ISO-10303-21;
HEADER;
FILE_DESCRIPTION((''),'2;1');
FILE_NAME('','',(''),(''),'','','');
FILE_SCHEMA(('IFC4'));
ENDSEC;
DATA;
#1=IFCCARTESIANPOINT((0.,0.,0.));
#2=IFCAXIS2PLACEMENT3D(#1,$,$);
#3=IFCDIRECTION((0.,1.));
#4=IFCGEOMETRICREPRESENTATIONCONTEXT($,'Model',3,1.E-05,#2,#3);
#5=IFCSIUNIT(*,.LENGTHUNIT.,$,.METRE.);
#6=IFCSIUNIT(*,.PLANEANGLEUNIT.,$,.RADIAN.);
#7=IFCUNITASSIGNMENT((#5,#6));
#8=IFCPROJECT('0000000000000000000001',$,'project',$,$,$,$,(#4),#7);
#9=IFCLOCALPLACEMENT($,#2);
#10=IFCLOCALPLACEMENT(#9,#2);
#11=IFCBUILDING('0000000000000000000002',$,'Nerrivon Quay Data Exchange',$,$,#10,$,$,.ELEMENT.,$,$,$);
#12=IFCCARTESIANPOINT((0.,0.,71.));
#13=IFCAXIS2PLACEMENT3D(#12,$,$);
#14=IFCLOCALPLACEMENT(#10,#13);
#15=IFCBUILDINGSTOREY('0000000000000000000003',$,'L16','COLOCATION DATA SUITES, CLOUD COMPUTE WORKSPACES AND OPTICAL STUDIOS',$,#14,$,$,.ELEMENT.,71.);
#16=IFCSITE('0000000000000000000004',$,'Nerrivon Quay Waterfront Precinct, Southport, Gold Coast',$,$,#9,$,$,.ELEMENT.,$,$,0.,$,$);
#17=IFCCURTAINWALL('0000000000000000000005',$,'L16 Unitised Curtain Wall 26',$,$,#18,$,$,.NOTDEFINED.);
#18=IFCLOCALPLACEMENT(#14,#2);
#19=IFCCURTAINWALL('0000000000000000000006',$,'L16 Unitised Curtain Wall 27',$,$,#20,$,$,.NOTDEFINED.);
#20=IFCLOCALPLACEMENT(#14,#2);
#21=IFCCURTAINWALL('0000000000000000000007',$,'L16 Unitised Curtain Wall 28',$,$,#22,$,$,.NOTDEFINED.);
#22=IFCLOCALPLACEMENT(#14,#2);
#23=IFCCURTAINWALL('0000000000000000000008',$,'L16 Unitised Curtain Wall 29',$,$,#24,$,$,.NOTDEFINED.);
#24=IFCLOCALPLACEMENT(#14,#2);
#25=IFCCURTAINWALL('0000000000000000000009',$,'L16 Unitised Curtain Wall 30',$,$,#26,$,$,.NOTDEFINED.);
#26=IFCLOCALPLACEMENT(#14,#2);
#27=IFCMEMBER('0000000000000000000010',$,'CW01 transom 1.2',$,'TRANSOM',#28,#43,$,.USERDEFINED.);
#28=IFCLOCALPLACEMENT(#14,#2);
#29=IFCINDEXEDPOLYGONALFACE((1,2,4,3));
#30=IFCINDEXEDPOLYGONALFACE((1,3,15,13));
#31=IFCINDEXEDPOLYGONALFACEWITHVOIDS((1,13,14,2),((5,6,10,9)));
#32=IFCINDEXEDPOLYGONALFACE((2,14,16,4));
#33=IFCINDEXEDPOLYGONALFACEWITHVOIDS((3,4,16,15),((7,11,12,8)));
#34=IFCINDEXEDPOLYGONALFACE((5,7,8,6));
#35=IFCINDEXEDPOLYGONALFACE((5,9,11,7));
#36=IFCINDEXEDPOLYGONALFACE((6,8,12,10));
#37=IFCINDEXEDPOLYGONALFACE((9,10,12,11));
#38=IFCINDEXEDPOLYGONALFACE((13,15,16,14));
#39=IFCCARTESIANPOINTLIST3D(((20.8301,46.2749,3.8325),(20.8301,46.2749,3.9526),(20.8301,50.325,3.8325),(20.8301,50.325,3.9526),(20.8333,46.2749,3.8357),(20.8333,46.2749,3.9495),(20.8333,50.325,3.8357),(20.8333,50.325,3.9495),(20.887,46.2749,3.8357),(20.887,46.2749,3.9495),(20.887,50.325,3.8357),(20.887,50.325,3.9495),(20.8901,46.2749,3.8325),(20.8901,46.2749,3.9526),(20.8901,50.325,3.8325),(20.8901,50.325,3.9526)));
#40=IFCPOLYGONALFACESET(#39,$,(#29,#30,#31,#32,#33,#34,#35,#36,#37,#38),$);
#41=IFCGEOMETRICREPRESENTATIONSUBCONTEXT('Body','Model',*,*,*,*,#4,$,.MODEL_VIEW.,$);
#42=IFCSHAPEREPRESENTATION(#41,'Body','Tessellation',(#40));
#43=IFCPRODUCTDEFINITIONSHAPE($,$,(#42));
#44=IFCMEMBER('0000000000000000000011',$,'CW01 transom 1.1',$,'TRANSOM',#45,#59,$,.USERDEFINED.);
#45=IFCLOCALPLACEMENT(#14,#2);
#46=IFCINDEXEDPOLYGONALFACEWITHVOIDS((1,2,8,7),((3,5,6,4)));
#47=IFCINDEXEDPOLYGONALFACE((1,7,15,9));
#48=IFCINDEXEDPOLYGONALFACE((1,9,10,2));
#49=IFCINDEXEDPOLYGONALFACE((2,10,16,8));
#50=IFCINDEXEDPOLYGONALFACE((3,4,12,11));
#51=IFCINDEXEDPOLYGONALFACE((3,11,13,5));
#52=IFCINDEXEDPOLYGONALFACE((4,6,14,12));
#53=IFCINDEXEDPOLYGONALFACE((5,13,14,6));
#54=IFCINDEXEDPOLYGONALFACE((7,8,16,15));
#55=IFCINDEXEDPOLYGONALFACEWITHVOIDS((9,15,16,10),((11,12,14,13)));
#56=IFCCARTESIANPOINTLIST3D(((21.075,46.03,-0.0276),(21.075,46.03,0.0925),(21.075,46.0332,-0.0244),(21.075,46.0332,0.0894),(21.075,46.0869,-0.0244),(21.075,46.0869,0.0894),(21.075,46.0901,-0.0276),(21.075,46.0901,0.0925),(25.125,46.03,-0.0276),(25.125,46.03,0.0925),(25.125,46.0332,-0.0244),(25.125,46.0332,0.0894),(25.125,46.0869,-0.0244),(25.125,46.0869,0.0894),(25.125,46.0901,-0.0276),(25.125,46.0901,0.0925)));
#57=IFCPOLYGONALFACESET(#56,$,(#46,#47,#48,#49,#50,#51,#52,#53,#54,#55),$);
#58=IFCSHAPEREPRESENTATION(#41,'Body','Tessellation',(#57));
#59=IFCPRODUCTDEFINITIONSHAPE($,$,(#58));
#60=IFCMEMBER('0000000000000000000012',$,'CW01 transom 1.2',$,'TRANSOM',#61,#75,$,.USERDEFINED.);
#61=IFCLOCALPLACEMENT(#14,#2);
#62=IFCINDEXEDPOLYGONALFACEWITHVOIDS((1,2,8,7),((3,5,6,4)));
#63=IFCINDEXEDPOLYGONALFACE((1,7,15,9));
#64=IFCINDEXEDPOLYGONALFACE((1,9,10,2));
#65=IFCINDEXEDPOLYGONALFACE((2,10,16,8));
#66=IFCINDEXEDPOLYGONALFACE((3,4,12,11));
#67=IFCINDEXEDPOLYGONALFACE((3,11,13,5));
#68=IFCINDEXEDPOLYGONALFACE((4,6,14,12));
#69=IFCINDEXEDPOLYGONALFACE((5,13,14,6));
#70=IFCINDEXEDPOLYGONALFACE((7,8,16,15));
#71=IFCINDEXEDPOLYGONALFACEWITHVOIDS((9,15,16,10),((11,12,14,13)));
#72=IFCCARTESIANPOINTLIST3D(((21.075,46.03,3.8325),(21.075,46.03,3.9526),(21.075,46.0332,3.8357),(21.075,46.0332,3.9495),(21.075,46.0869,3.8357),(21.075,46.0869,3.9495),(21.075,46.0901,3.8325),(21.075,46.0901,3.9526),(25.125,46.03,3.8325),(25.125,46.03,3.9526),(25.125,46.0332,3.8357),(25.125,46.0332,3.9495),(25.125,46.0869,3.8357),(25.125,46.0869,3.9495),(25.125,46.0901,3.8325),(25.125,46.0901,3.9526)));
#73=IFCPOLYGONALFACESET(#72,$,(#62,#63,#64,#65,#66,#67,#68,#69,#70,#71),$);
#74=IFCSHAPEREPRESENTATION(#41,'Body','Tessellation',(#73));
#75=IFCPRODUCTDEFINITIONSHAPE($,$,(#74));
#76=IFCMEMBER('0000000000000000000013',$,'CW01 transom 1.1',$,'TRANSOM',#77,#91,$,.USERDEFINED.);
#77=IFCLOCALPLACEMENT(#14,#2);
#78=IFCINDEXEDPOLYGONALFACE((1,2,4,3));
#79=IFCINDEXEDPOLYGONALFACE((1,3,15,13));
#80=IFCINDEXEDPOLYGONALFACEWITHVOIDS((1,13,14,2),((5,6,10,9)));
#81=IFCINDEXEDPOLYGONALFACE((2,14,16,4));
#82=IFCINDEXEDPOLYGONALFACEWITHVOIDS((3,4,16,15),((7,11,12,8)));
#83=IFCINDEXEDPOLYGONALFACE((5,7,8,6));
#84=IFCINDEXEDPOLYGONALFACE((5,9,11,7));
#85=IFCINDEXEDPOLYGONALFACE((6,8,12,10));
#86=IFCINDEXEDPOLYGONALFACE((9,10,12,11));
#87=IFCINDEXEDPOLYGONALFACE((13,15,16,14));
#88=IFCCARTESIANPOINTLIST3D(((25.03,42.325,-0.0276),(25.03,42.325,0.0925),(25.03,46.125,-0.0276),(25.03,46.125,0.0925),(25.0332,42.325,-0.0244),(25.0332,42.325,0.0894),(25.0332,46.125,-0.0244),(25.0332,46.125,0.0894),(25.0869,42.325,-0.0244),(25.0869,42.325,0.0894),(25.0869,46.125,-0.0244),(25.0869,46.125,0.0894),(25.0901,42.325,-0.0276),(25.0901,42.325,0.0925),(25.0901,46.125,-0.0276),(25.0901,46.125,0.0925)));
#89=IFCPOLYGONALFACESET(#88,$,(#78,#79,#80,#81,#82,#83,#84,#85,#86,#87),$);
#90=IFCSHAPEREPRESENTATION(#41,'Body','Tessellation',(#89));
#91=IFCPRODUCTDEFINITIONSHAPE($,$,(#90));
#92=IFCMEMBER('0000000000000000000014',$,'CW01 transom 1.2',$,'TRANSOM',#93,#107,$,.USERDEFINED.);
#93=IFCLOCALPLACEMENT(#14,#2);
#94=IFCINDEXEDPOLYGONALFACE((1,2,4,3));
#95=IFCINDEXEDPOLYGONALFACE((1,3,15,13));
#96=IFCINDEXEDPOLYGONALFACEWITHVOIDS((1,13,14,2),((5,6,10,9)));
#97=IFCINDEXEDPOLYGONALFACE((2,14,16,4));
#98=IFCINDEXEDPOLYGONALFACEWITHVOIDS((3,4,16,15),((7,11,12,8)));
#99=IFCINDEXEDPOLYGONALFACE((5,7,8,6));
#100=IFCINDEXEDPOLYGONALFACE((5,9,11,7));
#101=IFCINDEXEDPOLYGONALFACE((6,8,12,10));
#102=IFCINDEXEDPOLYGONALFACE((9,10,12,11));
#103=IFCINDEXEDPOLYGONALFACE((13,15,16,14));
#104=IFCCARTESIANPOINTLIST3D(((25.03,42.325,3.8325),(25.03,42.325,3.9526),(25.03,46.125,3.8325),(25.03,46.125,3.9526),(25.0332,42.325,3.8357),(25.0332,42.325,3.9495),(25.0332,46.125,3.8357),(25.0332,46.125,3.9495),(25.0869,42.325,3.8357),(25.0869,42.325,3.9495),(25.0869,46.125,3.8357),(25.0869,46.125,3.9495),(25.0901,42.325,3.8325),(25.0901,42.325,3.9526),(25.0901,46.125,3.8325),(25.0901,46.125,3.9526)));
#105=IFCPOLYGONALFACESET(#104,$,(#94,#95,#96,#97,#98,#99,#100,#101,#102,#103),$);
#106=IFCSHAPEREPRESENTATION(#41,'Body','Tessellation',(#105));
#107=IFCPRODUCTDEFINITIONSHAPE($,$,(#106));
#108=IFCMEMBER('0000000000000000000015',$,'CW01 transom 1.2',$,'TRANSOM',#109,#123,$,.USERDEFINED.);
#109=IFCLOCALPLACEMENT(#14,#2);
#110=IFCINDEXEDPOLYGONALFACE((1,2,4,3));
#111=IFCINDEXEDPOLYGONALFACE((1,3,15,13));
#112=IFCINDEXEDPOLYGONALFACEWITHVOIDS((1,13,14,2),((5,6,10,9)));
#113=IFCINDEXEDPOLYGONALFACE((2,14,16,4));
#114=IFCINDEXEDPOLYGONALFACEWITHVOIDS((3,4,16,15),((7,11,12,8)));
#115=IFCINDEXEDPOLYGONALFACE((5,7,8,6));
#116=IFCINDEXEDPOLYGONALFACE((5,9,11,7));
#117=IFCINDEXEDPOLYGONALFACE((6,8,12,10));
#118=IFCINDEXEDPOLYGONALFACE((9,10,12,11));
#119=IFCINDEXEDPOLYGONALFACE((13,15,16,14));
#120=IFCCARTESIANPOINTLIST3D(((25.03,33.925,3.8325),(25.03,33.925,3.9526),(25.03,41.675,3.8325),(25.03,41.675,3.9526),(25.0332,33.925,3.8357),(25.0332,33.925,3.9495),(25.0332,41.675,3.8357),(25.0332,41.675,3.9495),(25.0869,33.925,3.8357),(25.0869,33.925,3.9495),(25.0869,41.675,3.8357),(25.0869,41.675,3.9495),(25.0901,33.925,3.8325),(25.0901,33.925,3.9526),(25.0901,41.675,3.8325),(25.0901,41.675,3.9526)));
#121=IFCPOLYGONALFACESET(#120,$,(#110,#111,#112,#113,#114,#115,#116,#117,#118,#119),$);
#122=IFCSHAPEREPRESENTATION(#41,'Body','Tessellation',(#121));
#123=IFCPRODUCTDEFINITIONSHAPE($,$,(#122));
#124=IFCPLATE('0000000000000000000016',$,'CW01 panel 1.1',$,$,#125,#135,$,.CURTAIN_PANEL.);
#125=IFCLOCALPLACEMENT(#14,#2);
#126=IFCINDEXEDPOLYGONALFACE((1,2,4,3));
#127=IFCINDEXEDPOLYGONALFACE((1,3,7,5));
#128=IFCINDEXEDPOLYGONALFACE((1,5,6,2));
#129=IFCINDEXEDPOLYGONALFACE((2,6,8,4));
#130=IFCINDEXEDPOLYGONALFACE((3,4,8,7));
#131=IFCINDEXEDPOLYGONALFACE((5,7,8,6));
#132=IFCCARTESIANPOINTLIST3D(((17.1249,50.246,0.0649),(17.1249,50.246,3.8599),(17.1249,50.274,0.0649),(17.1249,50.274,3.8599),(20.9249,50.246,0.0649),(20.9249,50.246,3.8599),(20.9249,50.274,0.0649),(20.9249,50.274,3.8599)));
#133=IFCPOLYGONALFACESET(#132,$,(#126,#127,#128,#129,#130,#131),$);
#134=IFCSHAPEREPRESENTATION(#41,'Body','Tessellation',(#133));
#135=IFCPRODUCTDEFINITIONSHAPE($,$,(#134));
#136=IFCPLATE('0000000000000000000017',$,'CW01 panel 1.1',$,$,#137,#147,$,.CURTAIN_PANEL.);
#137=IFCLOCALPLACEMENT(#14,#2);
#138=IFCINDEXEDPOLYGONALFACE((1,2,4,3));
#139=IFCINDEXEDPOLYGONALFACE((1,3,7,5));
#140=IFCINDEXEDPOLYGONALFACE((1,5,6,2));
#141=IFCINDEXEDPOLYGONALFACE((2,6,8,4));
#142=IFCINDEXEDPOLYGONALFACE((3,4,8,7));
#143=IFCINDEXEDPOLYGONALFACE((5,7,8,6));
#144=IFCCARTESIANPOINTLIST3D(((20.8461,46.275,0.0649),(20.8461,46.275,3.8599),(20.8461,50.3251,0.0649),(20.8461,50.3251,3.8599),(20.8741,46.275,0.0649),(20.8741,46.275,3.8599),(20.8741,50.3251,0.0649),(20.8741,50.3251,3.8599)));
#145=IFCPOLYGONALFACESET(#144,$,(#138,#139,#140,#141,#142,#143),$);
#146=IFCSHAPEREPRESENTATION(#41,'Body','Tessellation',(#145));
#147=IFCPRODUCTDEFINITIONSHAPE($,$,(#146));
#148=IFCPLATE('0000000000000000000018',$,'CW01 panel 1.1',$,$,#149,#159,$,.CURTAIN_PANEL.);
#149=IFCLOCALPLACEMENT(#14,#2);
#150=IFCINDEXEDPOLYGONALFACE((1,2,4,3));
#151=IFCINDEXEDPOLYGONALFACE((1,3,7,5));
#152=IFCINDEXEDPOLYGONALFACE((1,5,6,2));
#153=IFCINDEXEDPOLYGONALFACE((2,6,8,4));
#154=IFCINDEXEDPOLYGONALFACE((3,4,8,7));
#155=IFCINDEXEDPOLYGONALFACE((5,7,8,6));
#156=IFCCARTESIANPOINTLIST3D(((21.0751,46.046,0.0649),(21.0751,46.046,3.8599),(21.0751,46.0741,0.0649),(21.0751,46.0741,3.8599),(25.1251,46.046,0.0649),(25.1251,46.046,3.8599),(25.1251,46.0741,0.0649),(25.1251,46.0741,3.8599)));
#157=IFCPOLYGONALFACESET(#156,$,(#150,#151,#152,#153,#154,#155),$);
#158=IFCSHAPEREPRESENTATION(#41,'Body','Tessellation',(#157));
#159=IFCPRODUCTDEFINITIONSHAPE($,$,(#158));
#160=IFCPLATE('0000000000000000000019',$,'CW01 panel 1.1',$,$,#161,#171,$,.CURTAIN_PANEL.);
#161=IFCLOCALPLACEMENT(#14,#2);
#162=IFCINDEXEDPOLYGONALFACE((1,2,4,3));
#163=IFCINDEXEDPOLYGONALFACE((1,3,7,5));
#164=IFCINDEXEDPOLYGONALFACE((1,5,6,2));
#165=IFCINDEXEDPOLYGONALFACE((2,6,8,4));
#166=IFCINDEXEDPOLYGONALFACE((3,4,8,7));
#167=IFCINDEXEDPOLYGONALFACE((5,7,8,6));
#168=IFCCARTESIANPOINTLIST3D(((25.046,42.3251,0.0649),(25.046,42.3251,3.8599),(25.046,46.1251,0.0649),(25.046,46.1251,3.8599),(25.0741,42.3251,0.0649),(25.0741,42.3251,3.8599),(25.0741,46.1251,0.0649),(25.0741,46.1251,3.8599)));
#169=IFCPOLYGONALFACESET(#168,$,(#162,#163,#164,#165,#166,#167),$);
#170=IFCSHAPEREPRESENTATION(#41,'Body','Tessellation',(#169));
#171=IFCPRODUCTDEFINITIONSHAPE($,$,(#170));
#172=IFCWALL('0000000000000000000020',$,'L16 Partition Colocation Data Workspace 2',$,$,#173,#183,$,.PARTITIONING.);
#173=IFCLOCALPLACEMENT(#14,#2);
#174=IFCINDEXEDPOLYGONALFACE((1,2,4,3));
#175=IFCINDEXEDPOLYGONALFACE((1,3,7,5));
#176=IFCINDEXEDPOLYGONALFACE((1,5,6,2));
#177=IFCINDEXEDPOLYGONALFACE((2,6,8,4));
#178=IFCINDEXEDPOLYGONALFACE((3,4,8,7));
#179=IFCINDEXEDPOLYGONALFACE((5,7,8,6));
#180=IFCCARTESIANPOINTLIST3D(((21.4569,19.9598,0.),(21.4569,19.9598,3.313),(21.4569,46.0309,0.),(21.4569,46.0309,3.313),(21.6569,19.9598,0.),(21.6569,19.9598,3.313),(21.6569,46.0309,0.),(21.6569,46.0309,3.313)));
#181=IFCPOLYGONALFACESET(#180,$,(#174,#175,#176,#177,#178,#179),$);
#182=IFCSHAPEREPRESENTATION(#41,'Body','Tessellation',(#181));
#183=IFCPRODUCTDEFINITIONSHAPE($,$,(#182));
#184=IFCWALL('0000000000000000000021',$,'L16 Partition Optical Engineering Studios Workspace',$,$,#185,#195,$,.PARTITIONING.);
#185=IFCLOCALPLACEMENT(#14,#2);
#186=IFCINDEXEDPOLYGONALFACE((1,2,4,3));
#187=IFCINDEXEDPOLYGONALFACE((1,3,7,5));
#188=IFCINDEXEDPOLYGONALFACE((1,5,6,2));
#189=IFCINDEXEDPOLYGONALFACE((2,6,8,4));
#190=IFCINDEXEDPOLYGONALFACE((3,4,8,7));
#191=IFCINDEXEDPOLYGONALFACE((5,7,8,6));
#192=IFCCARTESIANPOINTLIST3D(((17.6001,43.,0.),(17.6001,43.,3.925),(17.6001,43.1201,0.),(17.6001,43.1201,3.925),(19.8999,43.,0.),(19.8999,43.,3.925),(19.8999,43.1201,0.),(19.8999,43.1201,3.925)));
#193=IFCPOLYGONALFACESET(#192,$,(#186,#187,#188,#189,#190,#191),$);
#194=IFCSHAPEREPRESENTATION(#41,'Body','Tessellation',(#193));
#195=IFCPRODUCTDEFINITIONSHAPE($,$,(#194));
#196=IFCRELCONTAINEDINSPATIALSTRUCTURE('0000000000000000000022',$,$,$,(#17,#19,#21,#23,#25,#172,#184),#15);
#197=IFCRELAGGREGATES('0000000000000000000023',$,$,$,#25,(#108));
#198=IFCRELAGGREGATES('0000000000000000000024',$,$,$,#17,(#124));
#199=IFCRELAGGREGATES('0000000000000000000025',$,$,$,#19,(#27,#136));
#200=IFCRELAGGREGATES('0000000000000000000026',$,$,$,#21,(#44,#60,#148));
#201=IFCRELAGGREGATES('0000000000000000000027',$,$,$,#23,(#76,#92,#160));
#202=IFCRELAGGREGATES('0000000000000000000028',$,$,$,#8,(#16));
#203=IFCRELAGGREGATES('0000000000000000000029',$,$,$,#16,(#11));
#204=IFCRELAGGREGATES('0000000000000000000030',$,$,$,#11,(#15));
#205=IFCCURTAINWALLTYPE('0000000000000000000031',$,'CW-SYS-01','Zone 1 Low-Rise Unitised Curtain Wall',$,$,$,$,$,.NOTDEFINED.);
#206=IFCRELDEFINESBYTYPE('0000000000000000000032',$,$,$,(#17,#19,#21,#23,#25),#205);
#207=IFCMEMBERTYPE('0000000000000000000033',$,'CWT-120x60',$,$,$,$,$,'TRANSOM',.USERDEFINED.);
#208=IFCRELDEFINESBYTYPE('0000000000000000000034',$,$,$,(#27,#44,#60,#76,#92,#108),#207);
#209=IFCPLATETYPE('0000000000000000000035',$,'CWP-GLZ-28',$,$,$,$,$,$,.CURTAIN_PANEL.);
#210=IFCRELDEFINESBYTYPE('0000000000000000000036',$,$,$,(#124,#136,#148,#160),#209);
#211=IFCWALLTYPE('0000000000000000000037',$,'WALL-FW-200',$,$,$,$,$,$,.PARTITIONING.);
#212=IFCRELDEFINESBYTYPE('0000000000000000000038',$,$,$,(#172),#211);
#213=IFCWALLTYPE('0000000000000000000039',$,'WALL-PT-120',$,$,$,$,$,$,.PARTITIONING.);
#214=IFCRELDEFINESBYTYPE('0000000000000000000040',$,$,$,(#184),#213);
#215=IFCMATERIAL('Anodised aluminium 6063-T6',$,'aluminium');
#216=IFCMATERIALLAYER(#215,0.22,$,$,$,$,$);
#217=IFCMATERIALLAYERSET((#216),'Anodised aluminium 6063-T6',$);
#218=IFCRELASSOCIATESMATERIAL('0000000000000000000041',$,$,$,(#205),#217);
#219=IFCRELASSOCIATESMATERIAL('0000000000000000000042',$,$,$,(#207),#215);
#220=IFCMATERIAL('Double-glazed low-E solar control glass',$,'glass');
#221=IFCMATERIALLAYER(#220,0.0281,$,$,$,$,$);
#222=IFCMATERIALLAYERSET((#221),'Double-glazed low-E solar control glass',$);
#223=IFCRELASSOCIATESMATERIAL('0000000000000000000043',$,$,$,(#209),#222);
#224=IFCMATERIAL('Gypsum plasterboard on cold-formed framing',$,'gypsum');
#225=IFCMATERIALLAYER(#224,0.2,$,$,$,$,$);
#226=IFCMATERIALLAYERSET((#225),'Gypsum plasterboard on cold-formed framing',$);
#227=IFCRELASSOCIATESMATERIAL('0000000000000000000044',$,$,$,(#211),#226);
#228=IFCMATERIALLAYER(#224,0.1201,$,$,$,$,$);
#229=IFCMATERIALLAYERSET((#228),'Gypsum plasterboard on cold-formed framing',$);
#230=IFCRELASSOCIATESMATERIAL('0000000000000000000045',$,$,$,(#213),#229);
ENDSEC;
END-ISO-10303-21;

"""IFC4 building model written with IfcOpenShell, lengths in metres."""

from ifc_helpers import new_model, si_unit, direction, frame, frame_2d, origin, origin_2d, place, context, subcontext, project, spatial, rectangle, hollow_rectangle, extrude, material, layer, layer_set, material_profile, profile_set, type_object, element, aggregate, save


model = new_model("IFC4")

# Units and contexts
model_context = context("Model", 3, precision=1e-05, world=origin(), true_north=direction((0.0, 1.0)))
body_context = subcontext(model_context, "Body", "Model", "MODEL_VIEW")
ifc_project = project(units=[si_unit("LENGTHUNIT", "METRE"), si_unit("PLANEANGLEUNIT", "RADIAN")], contexts=[model_context])

# Site, building, storey
site_placement = place(None, origin())
site = spatial("IfcSite", under=ifc_project, at=site_placement, Name="Nerrivon Quay Waterfront Precinct, Southport, Gold Coast", CompositionType="ELEMENT", RefElevation=0.0)
building_placement = place(site_placement, origin())
building = spatial("IfcBuilding", under=site, at=building_placement, Name="Nerrivon Quay Data Exchange", CompositionType="ELEMENT")
storey_placement = place(building_placement, frame((0.0, 0.0, 71.0)))
storey = spatial("IfcBuildingStorey", under=building, at=storey_placement, Name="L16", Description="COLOCATION DATA SUITES, CLOUD COMPUTE WORKSPACES AND OPTICAL STUDIOS", CompositionType="ELEMENT", Elevation=71.0)

# Curtain wall
ifc_material_1 = material(Name="Anodised aluminium 6063-T6", Category="aluminium")
ifc_layer_1 = layer(ifc_material_1, 0.22)
ifc_layer_set_1 = layer_set([ifc_layer_1], Name="Anodised aluminium 6063-T6")
curtain_wall_type = type_object("IfcCurtainWallType", Name="CW-SYS-01", Description="Zone 1 Low-Rise Unitised Curtain Wall", PredefinedType="NOTDEFINED", material=ifc_layer_set_1)
curtain_wall_1_placement = place(storey_placement, origin())
curtain_wall_1 = element("IfcCurtainWall", 1, at=curtain_wall_1_placement, inside=storey, type_object=curtain_wall_type, Name="L16 Unitised Curtain Wall 26", PredefinedType="NOTDEFINED")

# Curtain walls
curtain_wall_2_placement = place(storey_placement, origin())
curtain_wall_2 = element("IfcCurtainWall", 2, at=curtain_wall_2_placement, inside=storey, type_object=curtain_wall_type, Name="L16 Unitised Curtain Wall 27", PredefinedType="NOTDEFINED")
curtain_wall_3_placement = place(storey_placement, origin())
curtain_wall_3 = element("IfcCurtainWall", 3, at=curtain_wall_3_placement, inside=storey, type_object=curtain_wall_type, Name="L16 Unitised Curtain Wall 28", PredefinedType="NOTDEFINED")
curtain_wall_4_placement = place(storey_placement, origin())
curtain_wall_4 = element("IfcCurtainWall", 4, at=curtain_wall_4_placement, inside=storey, type_object=curtain_wall_type, Name="L16 Unitised Curtain Wall 29", PredefinedType="NOTDEFINED")

# Curtain wall
curtain_wall_5_placement = place(storey_placement, origin())
curtain_wall_5 = element("IfcCurtainWall", 5, at=curtain_wall_5_placement, inside=storey, type_object=curtain_wall_type, Name="L16 Unitised Curtain Wall 30", PredefinedType="NOTDEFINED")

# Members
ifc_material_profile_1 = material_profile(ifc_material_1, hollow_rectangle(XDim=0.0601, YDim=0.1201, WallThickness=0.0032, at=origin_2d()), Name="ALU-TRAN-120x60")
ifc_profile_set_1 = profile_set([ifc_material_profile_1], Name="Anodised aluminium 6063-T6")
member_type_1 = type_object("IfcMemberType", Name="CWT-120x60", ElementType="TRANSOM", PredefinedType="USERDEFINED", material=ifc_profile_set_1)
member_1_placement = place(storey_placement, frame((20.8601, 50.325, 3.8926), z_axis=(0.0, -1.0, 0.0), x_axis=(1.0, 0.0, 0.0)))
member_1 = element("IfcMember", 6, at=member_1_placement, type_object=member_type_1, Name="CW01 transom 1.2", ObjectType="TRANSOM", PredefinedType="USERDEFINED", context=body_context, shape_type="SweptSolid", body=[
    extrude(hollow_rectangle(XDim=0.0601, YDim=0.1201, WallThickness=0.0032, at=origin_2d()), origin(), (0.0, 0.0, 1.0), 4.05),
])
member_2_placement = place(storey_placement, frame((21.075, 46.0601, 0.0325), z_axis=(1.0, 0.0, 0.0), x_axis=(0.0, 1.0, 0.0)))
member_2 = element("IfcMember", 7, at=member_2_placement, type_object=member_type_1, Name="CW01 transom 1.1", ObjectType="TRANSOM", PredefinedType="USERDEFINED", context=body_context, shape_type="SweptSolid", body=[
    extrude(hollow_rectangle(XDim=0.0601, YDim=0.1201, WallThickness=0.0032, at=origin_2d()), origin(), (0.0, 0.0, 1.0), 4.05),
])
member_3_placement = place(storey_placement, frame((21.075, 46.0601, 3.8926), z_axis=(1.0, 0.0, 0.0), x_axis=(0.0, 1.0, 0.0)))
member_3 = element("IfcMember", 8, at=member_3_placement, type_object=member_type_1, Name="CW01 transom 1.2", ObjectType="TRANSOM", PredefinedType="USERDEFINED", context=body_context, shape_type="SweptSolid", body=[
    extrude(hollow_rectangle(XDim=0.0601, YDim=0.1201, WallThickness=0.0032, at=origin_2d()), origin(), (0.0, 0.0, 1.0), 4.05),
])
member_4_placement = place(storey_placement, frame((25.0601, 46.125, 0.0325), z_axis=(0.0, -1.0, 0.0), x_axis=(1.0, 0.0, 0.0)))
member_4 = element("IfcMember", 9, at=member_4_placement, type_object=member_type_1, Name="CW01 transom 1.1", ObjectType="TRANSOM", PredefinedType="USERDEFINED", context=body_context, shape_type="SweptSolid", body=[
    extrude(hollow_rectangle(XDim=0.0601, YDim=0.1201, WallThickness=0.0032, at=origin_2d()), origin(), (0.0, 0.0, 1.0), 3.8),
])
member_5_placement = place(storey_placement, frame((25.0601, 46.125, 3.8926), z_axis=(0.0, -1.0, 0.0), x_axis=(1.0, 0.0, 0.0)))
member_5 = element("IfcMember", 10, at=member_5_placement, type_object=member_type_1, Name="CW01 transom 1.2", ObjectType="TRANSOM", PredefinedType="USERDEFINED", context=body_context, shape_type="SweptSolid", body=[
    extrude(hollow_rectangle(XDim=0.0601, YDim=0.1201, WallThickness=0.0032, at=origin_2d()), origin(), (0.0, 0.0, 1.0), 3.8),
])
member_6_placement = place(storey_placement, frame((25.0601, 41.675, 3.8926), z_axis=(0.0, -1.0, 0.0), x_axis=(1.0, 0.0, 0.0)))
member_6 = element("IfcMember", 11, at=member_6_placement, type_object=member_type_1, Name="CW01 transom 1.2", ObjectType="TRANSOM", PredefinedType="USERDEFINED", context=body_context, shape_type="SweptSolid", body=[
    extrude(hollow_rectangle(XDim=0.0601, YDim=0.1201, WallThickness=0.0032, at=origin_2d()), origin(), (0.0, 0.0, 1.0), 7.75),
])
aggregate(curtain_wall_5, [member_6])

# Plates
ifc_material_2 = material(Name="Double-glazed low-E solar control glass", Category="glass")
ifc_layer_2 = layer(ifc_material_2, 0.0281)
ifc_layer_set_2 = layer_set([ifc_layer_2], Name="Double-glazed low-E solar control glass")
plate_type = type_object("IfcPlateType", Name="CWP-GLZ-28", PredefinedType="CURTAIN_PANEL", material=ifc_layer_set_2)
plate_1_placement = place(storey_placement, frame((19.0249, 50.26, 0.0649), z_axis=(0.0, 0.0, 1.0), x_axis=(1.0, 0.0, 0.0)))
plate_1 = element("IfcPlate", 12, at=plate_1_placement, type_object=plate_type, Name="CW01 panel 1.1", PredefinedType="CURTAIN_PANEL", context=body_context, shape_type="SweptSolid", body=[
    extrude(rectangle(XDim=3.8, YDim=0.0281, at=origin_2d()), origin(), (0.0, 0.0, 1.0), 3.7949),
])
aggregate(curtain_wall_1, [plate_1])
plate_2_placement = place(storey_placement, frame((20.8601, 48.3, 0.0649), z_axis=(0.0, 0.0, 1.0), x_axis=(0.0, -1.0, 0.0)))
plate_2 = element("IfcPlate", 13, at=plate_2_placement, type_object=plate_type, Name="CW01 panel 1.1", PredefinedType="CURTAIN_PANEL", context=body_context, shape_type="SweptSolid", body=[
    extrude(rectangle(XDim=4.05, YDim=0.0281, at=origin_2d()), origin(), (0.0, 0.0, 1.0), 3.7949),
])
aggregate(curtain_wall_2, [member_1, plate_2])
plate_3_placement = place(storey_placement, frame((23.1001, 46.0601, 0.0649), z_axis=(0.0, 0.0, 1.0), x_axis=(1.0, 0.0, 0.0)))
plate_3 = element("IfcPlate", 14, at=plate_3_placement, type_object=plate_type, Name="CW01 panel 1.1", PredefinedType="CURTAIN_PANEL", context=body_context, shape_type="SweptSolid", body=[
    extrude(rectangle(XDim=4.05, YDim=0.0281, at=origin_2d()), origin(), (0.0, 0.0, 1.0), 3.7949),
])
aggregate(curtain_wall_3, [member_2, member_3, plate_3])
plate_4_placement = place(storey_placement, frame((25.0601, 44.2251, 0.0649), z_axis=(0.0, 0.0, 1.0), x_axis=(0.0, -1.0, 0.0)))
plate_4 = element("IfcPlate", 15, at=plate_4_placement, type_object=plate_type, Name="CW01 panel 1.1", PredefinedType="CURTAIN_PANEL", context=body_context, shape_type="SweptSolid", body=[
    extrude(rectangle(XDim=3.8, YDim=0.0281, at=origin_2d()), origin(), (0.0, 0.0, 1.0), 3.7949),
])
aggregate(curtain_wall_4, [member_4, member_5, plate_4])

# Walls
ifc_material_3 = material(Name="Gypsum plasterboard on cold-formed framing", Category="gypsum")
ifc_layer_3 = layer(ifc_material_3, 0.2)
ifc_layer_set_3 = layer_set([ifc_layer_3], Name="Gypsum plasterboard on cold-formed framing")
wall_type_1 = type_object("IfcWallType", Name="WALL-FW-200", PredefinedType="PARTITIONING", material=ifc_layer_set_3)
wall_1_placement = place(storey_placement, frame((21.5569, 46.031, 0.0), z_axis=(0.0, 0.0, 1.0), x_axis=(0.0, -1.0, 0.0)))
element("IfcWall", 16, at=wall_1_placement, inside=storey, type_object=wall_type_1, Name="L16 Partition Colocation Data Workspace 2", PredefinedType="PARTITIONING", context=body_context, shape_type="SweptSolid", body=[
    extrude(rectangle(XDim=26.071, YDim=0.2, at=frame_2d((13.0356, 0.0))), origin(), (0.0, 0.0, 1.0), 3.313),
])
ifc_layer_4 = layer(ifc_material_3, 0.1201)
ifc_layer_set_4 = layer_set([ifc_layer_4], Name="Gypsum plasterboard on cold-formed framing")
wall_type_2 = type_object("IfcWallType", Name="WALL-PT-120", PredefinedType="PARTITIONING", material=ifc_layer_set_4)
wall_2_placement = place(storey_placement, frame((17.6001, 43.0601, 0.0), z_axis=(0.0, 0.0, 1.0), x_axis=(1.0, 0.0, 0.0)))
element("IfcWall", 17, at=wall_2_placement, inside=storey, type_object=wall_type_2, Name="L16 Partition Optical Engineering Studios Workspace", PredefinedType="PARTITIONING", context=body_context, shape_type="SweptSolid", body=[
    extrude(rectangle(XDim=2.2998, YDim=0.1201, at=frame_2d((1.1499, 0.0))), origin(), (0.0, 0.0, 1.0), 3.925),
])

save(model, "model.ifc")
